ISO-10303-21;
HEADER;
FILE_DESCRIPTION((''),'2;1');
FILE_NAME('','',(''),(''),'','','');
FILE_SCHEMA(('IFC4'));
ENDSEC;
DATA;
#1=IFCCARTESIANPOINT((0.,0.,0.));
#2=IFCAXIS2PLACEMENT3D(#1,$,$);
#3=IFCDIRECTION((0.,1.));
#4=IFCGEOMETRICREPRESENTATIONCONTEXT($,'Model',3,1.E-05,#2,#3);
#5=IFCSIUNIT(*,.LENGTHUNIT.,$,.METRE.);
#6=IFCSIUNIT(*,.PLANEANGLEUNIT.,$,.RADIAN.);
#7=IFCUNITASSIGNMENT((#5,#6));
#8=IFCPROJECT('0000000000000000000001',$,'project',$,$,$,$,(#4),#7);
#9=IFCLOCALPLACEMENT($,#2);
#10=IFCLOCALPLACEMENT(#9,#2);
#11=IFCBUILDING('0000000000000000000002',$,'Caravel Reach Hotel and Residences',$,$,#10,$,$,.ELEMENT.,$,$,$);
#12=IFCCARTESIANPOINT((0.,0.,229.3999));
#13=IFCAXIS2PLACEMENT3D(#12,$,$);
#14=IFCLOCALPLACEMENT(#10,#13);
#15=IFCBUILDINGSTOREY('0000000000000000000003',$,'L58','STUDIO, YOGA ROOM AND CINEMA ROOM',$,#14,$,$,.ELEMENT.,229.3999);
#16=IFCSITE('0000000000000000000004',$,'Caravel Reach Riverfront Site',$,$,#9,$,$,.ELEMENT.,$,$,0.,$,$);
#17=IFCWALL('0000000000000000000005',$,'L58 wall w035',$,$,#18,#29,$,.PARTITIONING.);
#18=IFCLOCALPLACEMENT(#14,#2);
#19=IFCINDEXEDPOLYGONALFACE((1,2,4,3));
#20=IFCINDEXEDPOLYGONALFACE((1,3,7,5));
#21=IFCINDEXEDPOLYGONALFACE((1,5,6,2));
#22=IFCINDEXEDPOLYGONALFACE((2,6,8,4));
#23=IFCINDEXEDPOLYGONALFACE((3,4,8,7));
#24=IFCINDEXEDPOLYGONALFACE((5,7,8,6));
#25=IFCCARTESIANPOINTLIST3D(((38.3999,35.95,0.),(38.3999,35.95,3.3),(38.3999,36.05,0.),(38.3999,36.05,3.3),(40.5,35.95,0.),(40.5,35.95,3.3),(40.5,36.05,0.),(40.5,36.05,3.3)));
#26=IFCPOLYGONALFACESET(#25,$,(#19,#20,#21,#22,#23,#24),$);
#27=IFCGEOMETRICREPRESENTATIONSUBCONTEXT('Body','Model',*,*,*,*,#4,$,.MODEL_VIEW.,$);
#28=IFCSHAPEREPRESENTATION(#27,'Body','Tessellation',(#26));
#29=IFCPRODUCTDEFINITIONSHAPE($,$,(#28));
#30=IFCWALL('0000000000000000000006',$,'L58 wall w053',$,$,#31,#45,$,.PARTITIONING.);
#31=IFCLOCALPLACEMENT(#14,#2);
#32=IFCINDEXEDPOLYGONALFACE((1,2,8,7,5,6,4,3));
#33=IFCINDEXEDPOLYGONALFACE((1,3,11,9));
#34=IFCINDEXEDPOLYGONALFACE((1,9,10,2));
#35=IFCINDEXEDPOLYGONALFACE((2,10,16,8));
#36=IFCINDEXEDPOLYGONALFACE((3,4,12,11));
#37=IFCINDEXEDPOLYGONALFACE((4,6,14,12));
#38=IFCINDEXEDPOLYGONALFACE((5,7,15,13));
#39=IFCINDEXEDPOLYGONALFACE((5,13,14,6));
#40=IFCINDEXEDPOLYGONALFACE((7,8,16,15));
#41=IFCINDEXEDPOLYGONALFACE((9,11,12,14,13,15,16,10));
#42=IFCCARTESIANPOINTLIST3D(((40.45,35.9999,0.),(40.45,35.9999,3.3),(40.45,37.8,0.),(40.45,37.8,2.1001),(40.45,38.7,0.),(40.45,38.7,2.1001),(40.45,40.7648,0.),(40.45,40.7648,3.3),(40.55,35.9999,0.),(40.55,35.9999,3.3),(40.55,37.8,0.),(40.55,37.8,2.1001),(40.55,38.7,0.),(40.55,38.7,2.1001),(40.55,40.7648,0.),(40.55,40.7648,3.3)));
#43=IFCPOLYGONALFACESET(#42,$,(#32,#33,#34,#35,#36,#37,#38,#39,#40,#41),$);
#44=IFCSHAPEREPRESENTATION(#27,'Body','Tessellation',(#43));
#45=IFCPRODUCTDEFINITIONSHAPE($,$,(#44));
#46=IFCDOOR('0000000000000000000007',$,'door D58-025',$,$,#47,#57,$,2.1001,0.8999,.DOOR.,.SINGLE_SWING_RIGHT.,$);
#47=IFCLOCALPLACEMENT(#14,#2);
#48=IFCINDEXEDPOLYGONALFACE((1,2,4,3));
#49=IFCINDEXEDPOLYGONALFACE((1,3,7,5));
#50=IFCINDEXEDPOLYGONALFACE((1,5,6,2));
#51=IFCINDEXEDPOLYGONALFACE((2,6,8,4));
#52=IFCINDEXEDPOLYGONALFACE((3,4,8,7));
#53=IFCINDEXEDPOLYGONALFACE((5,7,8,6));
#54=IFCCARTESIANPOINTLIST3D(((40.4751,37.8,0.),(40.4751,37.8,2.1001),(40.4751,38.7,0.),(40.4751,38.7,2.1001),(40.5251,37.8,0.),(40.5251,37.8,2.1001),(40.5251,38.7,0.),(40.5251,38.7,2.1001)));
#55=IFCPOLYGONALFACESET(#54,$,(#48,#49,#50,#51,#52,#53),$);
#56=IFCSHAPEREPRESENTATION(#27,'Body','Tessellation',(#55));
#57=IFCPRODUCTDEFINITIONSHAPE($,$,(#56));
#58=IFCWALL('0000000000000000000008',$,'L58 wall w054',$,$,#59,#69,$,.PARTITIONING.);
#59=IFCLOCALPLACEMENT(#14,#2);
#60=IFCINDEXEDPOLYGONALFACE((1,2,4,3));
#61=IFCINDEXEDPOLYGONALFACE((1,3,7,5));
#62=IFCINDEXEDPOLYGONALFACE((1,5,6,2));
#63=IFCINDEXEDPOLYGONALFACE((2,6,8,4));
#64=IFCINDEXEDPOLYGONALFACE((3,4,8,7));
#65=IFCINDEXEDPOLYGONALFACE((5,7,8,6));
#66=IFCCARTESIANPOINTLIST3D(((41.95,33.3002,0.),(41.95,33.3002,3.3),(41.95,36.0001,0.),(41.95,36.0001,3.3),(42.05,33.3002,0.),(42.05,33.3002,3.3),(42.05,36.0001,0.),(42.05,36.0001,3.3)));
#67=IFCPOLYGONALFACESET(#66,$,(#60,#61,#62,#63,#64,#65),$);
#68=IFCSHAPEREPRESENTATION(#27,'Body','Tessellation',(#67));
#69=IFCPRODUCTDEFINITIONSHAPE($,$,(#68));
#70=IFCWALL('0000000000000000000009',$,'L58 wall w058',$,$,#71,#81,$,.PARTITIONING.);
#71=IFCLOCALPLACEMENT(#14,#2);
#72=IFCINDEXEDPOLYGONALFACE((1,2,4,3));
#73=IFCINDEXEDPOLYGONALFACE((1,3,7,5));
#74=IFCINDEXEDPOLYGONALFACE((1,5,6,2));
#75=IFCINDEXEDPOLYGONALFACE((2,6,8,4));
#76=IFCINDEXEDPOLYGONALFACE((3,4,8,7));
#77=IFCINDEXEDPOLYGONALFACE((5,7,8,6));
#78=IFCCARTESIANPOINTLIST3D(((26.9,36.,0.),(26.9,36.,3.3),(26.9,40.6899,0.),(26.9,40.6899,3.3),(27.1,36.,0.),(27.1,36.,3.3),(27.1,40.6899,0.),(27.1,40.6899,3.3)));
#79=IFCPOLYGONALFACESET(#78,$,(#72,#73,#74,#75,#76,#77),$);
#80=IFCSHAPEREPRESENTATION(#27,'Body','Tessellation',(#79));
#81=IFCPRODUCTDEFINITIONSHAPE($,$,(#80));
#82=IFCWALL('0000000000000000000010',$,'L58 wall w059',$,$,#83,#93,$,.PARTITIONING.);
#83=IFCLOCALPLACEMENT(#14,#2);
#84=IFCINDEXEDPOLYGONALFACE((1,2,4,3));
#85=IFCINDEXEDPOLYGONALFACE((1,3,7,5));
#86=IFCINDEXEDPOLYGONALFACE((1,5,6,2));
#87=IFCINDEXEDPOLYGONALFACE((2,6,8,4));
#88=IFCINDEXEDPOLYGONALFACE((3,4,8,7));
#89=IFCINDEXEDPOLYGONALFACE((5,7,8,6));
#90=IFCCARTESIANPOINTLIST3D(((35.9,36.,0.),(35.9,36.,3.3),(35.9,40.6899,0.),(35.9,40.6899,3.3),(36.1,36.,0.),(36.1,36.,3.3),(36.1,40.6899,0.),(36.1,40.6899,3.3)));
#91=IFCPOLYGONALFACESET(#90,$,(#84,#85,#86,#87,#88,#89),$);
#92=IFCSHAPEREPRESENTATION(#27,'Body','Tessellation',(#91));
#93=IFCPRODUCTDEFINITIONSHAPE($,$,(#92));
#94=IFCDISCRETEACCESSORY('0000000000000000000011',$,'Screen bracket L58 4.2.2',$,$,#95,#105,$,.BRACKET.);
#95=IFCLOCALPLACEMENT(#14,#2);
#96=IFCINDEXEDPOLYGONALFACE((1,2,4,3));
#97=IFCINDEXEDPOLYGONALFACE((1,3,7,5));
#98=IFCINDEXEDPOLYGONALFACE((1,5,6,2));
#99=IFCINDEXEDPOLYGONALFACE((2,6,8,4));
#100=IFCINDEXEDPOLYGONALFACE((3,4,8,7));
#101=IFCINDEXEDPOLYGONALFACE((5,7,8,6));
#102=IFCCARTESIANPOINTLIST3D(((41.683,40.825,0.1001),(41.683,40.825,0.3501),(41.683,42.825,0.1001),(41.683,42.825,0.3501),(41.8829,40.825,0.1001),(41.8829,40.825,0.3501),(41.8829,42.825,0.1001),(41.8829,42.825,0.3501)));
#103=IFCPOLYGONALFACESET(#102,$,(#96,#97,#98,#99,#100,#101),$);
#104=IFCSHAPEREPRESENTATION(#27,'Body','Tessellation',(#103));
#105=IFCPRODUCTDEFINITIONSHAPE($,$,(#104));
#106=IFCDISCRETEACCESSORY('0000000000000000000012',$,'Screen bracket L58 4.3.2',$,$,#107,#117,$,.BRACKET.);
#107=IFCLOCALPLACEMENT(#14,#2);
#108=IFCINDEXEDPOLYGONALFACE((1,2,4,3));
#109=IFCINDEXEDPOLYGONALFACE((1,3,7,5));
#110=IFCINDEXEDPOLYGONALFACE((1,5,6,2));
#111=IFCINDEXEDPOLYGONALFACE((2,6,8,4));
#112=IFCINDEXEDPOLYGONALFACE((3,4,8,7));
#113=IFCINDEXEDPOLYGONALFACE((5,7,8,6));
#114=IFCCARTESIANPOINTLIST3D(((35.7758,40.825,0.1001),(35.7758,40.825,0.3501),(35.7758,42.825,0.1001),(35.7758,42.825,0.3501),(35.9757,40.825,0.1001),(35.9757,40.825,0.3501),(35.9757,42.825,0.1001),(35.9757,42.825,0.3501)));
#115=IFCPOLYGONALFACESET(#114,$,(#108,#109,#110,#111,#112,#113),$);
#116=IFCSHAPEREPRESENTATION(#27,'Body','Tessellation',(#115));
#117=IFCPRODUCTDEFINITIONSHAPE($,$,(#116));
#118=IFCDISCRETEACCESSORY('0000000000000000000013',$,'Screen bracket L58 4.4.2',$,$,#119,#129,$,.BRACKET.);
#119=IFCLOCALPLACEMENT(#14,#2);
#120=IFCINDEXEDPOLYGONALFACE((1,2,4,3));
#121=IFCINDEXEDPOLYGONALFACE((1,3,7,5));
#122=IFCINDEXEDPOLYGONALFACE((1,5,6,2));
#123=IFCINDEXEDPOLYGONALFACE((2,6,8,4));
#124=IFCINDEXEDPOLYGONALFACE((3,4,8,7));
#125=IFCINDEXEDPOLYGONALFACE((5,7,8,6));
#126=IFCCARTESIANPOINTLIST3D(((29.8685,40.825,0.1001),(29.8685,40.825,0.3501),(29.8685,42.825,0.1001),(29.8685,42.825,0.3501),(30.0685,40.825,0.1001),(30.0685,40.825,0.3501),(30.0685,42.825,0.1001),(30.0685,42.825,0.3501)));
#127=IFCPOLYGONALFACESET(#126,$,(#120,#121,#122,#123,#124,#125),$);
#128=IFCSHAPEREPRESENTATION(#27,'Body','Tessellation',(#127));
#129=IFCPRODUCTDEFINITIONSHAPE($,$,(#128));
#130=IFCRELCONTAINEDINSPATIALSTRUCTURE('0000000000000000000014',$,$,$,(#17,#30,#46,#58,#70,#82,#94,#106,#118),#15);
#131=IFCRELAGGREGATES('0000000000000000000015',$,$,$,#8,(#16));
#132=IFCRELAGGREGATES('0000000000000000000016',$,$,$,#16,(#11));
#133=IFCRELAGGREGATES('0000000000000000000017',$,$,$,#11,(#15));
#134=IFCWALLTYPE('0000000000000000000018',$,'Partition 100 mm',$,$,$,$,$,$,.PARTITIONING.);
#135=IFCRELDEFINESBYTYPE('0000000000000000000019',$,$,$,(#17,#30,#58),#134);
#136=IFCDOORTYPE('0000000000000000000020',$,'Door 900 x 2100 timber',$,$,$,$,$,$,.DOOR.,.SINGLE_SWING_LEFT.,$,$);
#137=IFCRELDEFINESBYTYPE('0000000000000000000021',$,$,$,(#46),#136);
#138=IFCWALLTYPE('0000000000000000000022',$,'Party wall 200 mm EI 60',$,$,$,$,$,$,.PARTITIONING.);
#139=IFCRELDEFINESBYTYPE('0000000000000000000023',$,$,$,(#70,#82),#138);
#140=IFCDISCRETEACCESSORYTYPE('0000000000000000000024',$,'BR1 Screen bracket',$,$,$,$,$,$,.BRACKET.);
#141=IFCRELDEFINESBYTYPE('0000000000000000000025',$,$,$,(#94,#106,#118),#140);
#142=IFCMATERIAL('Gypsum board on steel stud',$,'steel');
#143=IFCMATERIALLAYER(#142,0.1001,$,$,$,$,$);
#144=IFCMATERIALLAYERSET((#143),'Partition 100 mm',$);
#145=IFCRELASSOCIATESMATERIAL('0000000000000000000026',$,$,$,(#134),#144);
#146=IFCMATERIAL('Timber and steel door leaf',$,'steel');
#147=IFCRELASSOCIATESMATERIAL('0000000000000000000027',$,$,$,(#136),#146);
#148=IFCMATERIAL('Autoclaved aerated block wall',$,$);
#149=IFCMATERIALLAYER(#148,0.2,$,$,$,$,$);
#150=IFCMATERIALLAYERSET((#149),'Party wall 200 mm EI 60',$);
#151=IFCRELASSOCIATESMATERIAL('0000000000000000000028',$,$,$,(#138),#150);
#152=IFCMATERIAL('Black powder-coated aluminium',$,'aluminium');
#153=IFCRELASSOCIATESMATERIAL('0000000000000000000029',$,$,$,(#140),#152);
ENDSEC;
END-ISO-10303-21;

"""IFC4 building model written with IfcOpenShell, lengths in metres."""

from ifc_helpers import new_model, si_unit, direction, frame, frame_2d, origin, origin_2d, place, context, subcontext, project, spatial, rectangle, extrude, material, layer, layer_set, type_object, element, fill, save


model = new_model("IFC4")

# Units and contexts
model_context = context("Model", 3, precision=1e-05, world=origin(), true_north=direction((0.0, 1.0)))
body_context = subcontext(model_context, "Body", "Model", "MODEL_VIEW")
ifc_project = project(units=[si_unit("LENGTHUNIT", "METRE"), si_unit("PLANEANGLEUNIT", "RADIAN")], contexts=[model_context])

# Site, building, storey
site_placement = place(None, origin())
site = spatial("IfcSite", under=ifc_project, at=site_placement, Name="Caravel Reach Riverfront Site", CompositionType="ELEMENT", RefElevation=0.0)
building_placement = place(site_placement, origin())
building = spatial("IfcBuilding", under=site, at=building_placement, Name="Caravel Reach Hotel and Residences", CompositionType="ELEMENT")
storey_placement = place(building_placement, frame((0.0, 0.0, 229.3999)))
storey = spatial("IfcBuildingStorey", under=building, at=storey_placement, Name="L58", Description="STUDIO, YOGA ROOM AND CINEMA ROOM", CompositionType="ELEMENT", Elevation=229.3999)

# Shared definitions
ifc_material_1 = material(Name="Gypsum board on steel stud", Category="steel")
ifc_layer_1 = layer(ifc_material_1, 0.1001)
ifc_layer_set_1 = layer_set([ifc_layer_1], Name="Partition 100 mm")
wall_type_1 = type_object("IfcWallType", Name="Partition 100 mm", PredefinedType="PARTITIONING", material=ifc_layer_set_1)
ifc_material_2 = material(Name="Timber and steel door leaf", Category="steel")
door_type_1 = type_object("IfcDoorType", Name="Door 900 x 2100 timber", OperationType="SINGLE_SWING_LEFT", PredefinedType="DOOR", material=ifc_material_2)

# Wall
wall_1_placement = place(storey_placement, frame((38.3999, 36.0, 0.0), z_axis=(0.0, 0.0, 1.0), x_axis=(1.0, 0.0, 0.0)))
element("IfcWall", 1, at=wall_1_placement, inside=storey, type_object=wall_type_1, Name="L58 wall w035", PredefinedType="PARTITIONING", context=body_context, shape_type="SweptSolid", body=[
    extrude(rectangle(XDim=2.1001, YDim=0.1001, at=frame_2d((1.05, 0.0))), origin(), (0.0, 0.0, 1.0), 3.3),
])

# Wall, opening, door
wall_2_placement = place(storey_placement, frame((40.5, 36.0, 0.0), z_axis=(0.0, 0.0, 1.0), x_axis=(0.0, 1.0, 0.0)))
wall_2 = element("IfcWall", 2, at=wall_2_placement, inside=storey, type_object=wall_type_1, Name="L58 wall w053", PredefinedType="PARTITIONING", context=body_context, shape_type="SweptSolid", body=[
    extrude(rectangle(XDim=4.7649, YDim=0.1001, at=frame_2d((2.3823, 0.0))), origin(), (0.0, 0.0, 1.0), 3.3),
])
opening_1_placement = place(wall_2_placement, frame((1.8, 0.0, 0.0)))
opening_1 = element("IfcOpeningElement", 3, at=opening_1_placement, cuts=wall_2, PredefinedType="OPENING", context=body_context, shape_type="SweptSolid", body=[
    extrude(rectangle(XDim=0.8999, YDim=2.1001, at=frame_2d((0.45, 1.05))), frame((0.0, 0.0601, 0.0), z_axis=(0.0, -1.0, 0.0), x_axis=(1.0, 0.0, 0.0)), (0.0, 0.0, 1.0), 0.1201),
])
door_1_placement = place(opening_1_placement, origin())
door_1 = element("IfcDoor", 4, at=door_1_placement, inside=storey, type_object=door_type_1, Name="door D58-025", OperationType="SINGLE_SWING_RIGHT", OverallHeight=2.1001, OverallWidth=0.8999, PredefinedType="DOOR", context=body_context, shape_type="SweptSolid", body=[
    extrude(rectangle(XDim=0.8999, YDim=2.1001, at=frame_2d((0.45, 1.05))), frame((0.0, 0.0249, 0.0), z_axis=(0.0, -1.0, 0.0), x_axis=(1.0, 0.0, 0.0)), (0.0, 0.0, 1.0), 0.05),
])
fill(opening_1, door_1)

# Walls
wall_3_placement = place(storey_placement, frame((42.0, 33.3, 0.0), z_axis=(0.0, 0.0, 1.0), x_axis=(0.0, 1.0, 0.0)))
element("IfcWall", 5, at=wall_3_placement, inside=storey, type_object=wall_type_1, Name="L58 wall w054", PredefinedType="PARTITIONING", context=body_context, shape_type="SweptSolid", body=[
    extrude(rectangle(XDim=2.7, YDim=0.1001, at=frame_2d((1.3501, 0.0))), origin(), (0.0, 0.0, 1.0), 3.3),
])
ifc_material_3 = material(Name="Autoclaved aerated block wall")
ifc_layer_2 = layer(ifc_material_3, 0.2)
ifc_layer_set_2 = layer_set([ifc_layer_2], Name="Party wall 200 mm EI 60")
wall_type_2 = type_object("IfcWallType", Name="Party wall 200 mm EI 60", PredefinedType="PARTITIONING", material=ifc_layer_set_2)
for number, where, z_axis, x_axis, name in (
    (6, (27.0, 36.0, 0.0), (0.0, 0.0, 1.0), (0.0, 1.0, 0.0), "L58 wall w058"),
    (7, (36.0, 36.0, 0.0), (0.0, 0.0, 1.0), (0.0, 1.0, 0.0), "L58 wall w059"),
):
    element("IfcWall", number, at=place(storey_placement, frame(where, z_axis=z_axis, x_axis=x_axis)), inside=storey, type_object=wall_type_2, Name=name, PredefinedType="PARTITIONING", context=body_context, shape_type="SweptSolid", body=[
        extrude(rectangle(XDim=4.6899, YDim=0.2, at=frame_2d((2.345, 0.0))), origin(), (0.0, 0.0, 1.0), 3.3),
    ])

# Discrete accessories
ifc_material_4 = material(Name="Black powder-coated aluminium", Category="aluminium")
discrete_accessory_type = type_object("IfcDiscreteAccessoryType", Name="BR1 Screen bracket", PredefinedType="BRACKET", material=ifc_material_4)
for number, where, z_axis, x_axis, name in (
    (8, (41.783, 41.825, 0.1001), (0.0, 0.0, 1.0), (0.0, 1.0, 0.0), "Screen bracket L58 4.2.2"),
    (9, (35.8757, 41.825, 0.1001), (0.0, 0.0, 1.0), (0.0, 1.0, 0.0), "Screen bracket L58 4.3.2"),
    (10, (29.9685, 41.825, 0.1001), (0.0, 0.0, 1.0), (0.0, 1.0, 0.0), "Screen bracket L58 4.4.2"),
):
    element("IfcDiscreteAccessory", number, at=place(storey_placement, frame(where, z_axis=z_axis, x_axis=x_axis)), inside=storey, type_object=discrete_accessory_type, Name=name, PredefinedType="BRACKET", context=body_context, shape_type="SweptSolid", body=[
        extrude(rectangle(XDim=2.0, YDim=0.2, at=origin_2d()), origin(), (0.0, 0.0, 1.0), 0.25),
    ])

save(model, "model.ifc")
